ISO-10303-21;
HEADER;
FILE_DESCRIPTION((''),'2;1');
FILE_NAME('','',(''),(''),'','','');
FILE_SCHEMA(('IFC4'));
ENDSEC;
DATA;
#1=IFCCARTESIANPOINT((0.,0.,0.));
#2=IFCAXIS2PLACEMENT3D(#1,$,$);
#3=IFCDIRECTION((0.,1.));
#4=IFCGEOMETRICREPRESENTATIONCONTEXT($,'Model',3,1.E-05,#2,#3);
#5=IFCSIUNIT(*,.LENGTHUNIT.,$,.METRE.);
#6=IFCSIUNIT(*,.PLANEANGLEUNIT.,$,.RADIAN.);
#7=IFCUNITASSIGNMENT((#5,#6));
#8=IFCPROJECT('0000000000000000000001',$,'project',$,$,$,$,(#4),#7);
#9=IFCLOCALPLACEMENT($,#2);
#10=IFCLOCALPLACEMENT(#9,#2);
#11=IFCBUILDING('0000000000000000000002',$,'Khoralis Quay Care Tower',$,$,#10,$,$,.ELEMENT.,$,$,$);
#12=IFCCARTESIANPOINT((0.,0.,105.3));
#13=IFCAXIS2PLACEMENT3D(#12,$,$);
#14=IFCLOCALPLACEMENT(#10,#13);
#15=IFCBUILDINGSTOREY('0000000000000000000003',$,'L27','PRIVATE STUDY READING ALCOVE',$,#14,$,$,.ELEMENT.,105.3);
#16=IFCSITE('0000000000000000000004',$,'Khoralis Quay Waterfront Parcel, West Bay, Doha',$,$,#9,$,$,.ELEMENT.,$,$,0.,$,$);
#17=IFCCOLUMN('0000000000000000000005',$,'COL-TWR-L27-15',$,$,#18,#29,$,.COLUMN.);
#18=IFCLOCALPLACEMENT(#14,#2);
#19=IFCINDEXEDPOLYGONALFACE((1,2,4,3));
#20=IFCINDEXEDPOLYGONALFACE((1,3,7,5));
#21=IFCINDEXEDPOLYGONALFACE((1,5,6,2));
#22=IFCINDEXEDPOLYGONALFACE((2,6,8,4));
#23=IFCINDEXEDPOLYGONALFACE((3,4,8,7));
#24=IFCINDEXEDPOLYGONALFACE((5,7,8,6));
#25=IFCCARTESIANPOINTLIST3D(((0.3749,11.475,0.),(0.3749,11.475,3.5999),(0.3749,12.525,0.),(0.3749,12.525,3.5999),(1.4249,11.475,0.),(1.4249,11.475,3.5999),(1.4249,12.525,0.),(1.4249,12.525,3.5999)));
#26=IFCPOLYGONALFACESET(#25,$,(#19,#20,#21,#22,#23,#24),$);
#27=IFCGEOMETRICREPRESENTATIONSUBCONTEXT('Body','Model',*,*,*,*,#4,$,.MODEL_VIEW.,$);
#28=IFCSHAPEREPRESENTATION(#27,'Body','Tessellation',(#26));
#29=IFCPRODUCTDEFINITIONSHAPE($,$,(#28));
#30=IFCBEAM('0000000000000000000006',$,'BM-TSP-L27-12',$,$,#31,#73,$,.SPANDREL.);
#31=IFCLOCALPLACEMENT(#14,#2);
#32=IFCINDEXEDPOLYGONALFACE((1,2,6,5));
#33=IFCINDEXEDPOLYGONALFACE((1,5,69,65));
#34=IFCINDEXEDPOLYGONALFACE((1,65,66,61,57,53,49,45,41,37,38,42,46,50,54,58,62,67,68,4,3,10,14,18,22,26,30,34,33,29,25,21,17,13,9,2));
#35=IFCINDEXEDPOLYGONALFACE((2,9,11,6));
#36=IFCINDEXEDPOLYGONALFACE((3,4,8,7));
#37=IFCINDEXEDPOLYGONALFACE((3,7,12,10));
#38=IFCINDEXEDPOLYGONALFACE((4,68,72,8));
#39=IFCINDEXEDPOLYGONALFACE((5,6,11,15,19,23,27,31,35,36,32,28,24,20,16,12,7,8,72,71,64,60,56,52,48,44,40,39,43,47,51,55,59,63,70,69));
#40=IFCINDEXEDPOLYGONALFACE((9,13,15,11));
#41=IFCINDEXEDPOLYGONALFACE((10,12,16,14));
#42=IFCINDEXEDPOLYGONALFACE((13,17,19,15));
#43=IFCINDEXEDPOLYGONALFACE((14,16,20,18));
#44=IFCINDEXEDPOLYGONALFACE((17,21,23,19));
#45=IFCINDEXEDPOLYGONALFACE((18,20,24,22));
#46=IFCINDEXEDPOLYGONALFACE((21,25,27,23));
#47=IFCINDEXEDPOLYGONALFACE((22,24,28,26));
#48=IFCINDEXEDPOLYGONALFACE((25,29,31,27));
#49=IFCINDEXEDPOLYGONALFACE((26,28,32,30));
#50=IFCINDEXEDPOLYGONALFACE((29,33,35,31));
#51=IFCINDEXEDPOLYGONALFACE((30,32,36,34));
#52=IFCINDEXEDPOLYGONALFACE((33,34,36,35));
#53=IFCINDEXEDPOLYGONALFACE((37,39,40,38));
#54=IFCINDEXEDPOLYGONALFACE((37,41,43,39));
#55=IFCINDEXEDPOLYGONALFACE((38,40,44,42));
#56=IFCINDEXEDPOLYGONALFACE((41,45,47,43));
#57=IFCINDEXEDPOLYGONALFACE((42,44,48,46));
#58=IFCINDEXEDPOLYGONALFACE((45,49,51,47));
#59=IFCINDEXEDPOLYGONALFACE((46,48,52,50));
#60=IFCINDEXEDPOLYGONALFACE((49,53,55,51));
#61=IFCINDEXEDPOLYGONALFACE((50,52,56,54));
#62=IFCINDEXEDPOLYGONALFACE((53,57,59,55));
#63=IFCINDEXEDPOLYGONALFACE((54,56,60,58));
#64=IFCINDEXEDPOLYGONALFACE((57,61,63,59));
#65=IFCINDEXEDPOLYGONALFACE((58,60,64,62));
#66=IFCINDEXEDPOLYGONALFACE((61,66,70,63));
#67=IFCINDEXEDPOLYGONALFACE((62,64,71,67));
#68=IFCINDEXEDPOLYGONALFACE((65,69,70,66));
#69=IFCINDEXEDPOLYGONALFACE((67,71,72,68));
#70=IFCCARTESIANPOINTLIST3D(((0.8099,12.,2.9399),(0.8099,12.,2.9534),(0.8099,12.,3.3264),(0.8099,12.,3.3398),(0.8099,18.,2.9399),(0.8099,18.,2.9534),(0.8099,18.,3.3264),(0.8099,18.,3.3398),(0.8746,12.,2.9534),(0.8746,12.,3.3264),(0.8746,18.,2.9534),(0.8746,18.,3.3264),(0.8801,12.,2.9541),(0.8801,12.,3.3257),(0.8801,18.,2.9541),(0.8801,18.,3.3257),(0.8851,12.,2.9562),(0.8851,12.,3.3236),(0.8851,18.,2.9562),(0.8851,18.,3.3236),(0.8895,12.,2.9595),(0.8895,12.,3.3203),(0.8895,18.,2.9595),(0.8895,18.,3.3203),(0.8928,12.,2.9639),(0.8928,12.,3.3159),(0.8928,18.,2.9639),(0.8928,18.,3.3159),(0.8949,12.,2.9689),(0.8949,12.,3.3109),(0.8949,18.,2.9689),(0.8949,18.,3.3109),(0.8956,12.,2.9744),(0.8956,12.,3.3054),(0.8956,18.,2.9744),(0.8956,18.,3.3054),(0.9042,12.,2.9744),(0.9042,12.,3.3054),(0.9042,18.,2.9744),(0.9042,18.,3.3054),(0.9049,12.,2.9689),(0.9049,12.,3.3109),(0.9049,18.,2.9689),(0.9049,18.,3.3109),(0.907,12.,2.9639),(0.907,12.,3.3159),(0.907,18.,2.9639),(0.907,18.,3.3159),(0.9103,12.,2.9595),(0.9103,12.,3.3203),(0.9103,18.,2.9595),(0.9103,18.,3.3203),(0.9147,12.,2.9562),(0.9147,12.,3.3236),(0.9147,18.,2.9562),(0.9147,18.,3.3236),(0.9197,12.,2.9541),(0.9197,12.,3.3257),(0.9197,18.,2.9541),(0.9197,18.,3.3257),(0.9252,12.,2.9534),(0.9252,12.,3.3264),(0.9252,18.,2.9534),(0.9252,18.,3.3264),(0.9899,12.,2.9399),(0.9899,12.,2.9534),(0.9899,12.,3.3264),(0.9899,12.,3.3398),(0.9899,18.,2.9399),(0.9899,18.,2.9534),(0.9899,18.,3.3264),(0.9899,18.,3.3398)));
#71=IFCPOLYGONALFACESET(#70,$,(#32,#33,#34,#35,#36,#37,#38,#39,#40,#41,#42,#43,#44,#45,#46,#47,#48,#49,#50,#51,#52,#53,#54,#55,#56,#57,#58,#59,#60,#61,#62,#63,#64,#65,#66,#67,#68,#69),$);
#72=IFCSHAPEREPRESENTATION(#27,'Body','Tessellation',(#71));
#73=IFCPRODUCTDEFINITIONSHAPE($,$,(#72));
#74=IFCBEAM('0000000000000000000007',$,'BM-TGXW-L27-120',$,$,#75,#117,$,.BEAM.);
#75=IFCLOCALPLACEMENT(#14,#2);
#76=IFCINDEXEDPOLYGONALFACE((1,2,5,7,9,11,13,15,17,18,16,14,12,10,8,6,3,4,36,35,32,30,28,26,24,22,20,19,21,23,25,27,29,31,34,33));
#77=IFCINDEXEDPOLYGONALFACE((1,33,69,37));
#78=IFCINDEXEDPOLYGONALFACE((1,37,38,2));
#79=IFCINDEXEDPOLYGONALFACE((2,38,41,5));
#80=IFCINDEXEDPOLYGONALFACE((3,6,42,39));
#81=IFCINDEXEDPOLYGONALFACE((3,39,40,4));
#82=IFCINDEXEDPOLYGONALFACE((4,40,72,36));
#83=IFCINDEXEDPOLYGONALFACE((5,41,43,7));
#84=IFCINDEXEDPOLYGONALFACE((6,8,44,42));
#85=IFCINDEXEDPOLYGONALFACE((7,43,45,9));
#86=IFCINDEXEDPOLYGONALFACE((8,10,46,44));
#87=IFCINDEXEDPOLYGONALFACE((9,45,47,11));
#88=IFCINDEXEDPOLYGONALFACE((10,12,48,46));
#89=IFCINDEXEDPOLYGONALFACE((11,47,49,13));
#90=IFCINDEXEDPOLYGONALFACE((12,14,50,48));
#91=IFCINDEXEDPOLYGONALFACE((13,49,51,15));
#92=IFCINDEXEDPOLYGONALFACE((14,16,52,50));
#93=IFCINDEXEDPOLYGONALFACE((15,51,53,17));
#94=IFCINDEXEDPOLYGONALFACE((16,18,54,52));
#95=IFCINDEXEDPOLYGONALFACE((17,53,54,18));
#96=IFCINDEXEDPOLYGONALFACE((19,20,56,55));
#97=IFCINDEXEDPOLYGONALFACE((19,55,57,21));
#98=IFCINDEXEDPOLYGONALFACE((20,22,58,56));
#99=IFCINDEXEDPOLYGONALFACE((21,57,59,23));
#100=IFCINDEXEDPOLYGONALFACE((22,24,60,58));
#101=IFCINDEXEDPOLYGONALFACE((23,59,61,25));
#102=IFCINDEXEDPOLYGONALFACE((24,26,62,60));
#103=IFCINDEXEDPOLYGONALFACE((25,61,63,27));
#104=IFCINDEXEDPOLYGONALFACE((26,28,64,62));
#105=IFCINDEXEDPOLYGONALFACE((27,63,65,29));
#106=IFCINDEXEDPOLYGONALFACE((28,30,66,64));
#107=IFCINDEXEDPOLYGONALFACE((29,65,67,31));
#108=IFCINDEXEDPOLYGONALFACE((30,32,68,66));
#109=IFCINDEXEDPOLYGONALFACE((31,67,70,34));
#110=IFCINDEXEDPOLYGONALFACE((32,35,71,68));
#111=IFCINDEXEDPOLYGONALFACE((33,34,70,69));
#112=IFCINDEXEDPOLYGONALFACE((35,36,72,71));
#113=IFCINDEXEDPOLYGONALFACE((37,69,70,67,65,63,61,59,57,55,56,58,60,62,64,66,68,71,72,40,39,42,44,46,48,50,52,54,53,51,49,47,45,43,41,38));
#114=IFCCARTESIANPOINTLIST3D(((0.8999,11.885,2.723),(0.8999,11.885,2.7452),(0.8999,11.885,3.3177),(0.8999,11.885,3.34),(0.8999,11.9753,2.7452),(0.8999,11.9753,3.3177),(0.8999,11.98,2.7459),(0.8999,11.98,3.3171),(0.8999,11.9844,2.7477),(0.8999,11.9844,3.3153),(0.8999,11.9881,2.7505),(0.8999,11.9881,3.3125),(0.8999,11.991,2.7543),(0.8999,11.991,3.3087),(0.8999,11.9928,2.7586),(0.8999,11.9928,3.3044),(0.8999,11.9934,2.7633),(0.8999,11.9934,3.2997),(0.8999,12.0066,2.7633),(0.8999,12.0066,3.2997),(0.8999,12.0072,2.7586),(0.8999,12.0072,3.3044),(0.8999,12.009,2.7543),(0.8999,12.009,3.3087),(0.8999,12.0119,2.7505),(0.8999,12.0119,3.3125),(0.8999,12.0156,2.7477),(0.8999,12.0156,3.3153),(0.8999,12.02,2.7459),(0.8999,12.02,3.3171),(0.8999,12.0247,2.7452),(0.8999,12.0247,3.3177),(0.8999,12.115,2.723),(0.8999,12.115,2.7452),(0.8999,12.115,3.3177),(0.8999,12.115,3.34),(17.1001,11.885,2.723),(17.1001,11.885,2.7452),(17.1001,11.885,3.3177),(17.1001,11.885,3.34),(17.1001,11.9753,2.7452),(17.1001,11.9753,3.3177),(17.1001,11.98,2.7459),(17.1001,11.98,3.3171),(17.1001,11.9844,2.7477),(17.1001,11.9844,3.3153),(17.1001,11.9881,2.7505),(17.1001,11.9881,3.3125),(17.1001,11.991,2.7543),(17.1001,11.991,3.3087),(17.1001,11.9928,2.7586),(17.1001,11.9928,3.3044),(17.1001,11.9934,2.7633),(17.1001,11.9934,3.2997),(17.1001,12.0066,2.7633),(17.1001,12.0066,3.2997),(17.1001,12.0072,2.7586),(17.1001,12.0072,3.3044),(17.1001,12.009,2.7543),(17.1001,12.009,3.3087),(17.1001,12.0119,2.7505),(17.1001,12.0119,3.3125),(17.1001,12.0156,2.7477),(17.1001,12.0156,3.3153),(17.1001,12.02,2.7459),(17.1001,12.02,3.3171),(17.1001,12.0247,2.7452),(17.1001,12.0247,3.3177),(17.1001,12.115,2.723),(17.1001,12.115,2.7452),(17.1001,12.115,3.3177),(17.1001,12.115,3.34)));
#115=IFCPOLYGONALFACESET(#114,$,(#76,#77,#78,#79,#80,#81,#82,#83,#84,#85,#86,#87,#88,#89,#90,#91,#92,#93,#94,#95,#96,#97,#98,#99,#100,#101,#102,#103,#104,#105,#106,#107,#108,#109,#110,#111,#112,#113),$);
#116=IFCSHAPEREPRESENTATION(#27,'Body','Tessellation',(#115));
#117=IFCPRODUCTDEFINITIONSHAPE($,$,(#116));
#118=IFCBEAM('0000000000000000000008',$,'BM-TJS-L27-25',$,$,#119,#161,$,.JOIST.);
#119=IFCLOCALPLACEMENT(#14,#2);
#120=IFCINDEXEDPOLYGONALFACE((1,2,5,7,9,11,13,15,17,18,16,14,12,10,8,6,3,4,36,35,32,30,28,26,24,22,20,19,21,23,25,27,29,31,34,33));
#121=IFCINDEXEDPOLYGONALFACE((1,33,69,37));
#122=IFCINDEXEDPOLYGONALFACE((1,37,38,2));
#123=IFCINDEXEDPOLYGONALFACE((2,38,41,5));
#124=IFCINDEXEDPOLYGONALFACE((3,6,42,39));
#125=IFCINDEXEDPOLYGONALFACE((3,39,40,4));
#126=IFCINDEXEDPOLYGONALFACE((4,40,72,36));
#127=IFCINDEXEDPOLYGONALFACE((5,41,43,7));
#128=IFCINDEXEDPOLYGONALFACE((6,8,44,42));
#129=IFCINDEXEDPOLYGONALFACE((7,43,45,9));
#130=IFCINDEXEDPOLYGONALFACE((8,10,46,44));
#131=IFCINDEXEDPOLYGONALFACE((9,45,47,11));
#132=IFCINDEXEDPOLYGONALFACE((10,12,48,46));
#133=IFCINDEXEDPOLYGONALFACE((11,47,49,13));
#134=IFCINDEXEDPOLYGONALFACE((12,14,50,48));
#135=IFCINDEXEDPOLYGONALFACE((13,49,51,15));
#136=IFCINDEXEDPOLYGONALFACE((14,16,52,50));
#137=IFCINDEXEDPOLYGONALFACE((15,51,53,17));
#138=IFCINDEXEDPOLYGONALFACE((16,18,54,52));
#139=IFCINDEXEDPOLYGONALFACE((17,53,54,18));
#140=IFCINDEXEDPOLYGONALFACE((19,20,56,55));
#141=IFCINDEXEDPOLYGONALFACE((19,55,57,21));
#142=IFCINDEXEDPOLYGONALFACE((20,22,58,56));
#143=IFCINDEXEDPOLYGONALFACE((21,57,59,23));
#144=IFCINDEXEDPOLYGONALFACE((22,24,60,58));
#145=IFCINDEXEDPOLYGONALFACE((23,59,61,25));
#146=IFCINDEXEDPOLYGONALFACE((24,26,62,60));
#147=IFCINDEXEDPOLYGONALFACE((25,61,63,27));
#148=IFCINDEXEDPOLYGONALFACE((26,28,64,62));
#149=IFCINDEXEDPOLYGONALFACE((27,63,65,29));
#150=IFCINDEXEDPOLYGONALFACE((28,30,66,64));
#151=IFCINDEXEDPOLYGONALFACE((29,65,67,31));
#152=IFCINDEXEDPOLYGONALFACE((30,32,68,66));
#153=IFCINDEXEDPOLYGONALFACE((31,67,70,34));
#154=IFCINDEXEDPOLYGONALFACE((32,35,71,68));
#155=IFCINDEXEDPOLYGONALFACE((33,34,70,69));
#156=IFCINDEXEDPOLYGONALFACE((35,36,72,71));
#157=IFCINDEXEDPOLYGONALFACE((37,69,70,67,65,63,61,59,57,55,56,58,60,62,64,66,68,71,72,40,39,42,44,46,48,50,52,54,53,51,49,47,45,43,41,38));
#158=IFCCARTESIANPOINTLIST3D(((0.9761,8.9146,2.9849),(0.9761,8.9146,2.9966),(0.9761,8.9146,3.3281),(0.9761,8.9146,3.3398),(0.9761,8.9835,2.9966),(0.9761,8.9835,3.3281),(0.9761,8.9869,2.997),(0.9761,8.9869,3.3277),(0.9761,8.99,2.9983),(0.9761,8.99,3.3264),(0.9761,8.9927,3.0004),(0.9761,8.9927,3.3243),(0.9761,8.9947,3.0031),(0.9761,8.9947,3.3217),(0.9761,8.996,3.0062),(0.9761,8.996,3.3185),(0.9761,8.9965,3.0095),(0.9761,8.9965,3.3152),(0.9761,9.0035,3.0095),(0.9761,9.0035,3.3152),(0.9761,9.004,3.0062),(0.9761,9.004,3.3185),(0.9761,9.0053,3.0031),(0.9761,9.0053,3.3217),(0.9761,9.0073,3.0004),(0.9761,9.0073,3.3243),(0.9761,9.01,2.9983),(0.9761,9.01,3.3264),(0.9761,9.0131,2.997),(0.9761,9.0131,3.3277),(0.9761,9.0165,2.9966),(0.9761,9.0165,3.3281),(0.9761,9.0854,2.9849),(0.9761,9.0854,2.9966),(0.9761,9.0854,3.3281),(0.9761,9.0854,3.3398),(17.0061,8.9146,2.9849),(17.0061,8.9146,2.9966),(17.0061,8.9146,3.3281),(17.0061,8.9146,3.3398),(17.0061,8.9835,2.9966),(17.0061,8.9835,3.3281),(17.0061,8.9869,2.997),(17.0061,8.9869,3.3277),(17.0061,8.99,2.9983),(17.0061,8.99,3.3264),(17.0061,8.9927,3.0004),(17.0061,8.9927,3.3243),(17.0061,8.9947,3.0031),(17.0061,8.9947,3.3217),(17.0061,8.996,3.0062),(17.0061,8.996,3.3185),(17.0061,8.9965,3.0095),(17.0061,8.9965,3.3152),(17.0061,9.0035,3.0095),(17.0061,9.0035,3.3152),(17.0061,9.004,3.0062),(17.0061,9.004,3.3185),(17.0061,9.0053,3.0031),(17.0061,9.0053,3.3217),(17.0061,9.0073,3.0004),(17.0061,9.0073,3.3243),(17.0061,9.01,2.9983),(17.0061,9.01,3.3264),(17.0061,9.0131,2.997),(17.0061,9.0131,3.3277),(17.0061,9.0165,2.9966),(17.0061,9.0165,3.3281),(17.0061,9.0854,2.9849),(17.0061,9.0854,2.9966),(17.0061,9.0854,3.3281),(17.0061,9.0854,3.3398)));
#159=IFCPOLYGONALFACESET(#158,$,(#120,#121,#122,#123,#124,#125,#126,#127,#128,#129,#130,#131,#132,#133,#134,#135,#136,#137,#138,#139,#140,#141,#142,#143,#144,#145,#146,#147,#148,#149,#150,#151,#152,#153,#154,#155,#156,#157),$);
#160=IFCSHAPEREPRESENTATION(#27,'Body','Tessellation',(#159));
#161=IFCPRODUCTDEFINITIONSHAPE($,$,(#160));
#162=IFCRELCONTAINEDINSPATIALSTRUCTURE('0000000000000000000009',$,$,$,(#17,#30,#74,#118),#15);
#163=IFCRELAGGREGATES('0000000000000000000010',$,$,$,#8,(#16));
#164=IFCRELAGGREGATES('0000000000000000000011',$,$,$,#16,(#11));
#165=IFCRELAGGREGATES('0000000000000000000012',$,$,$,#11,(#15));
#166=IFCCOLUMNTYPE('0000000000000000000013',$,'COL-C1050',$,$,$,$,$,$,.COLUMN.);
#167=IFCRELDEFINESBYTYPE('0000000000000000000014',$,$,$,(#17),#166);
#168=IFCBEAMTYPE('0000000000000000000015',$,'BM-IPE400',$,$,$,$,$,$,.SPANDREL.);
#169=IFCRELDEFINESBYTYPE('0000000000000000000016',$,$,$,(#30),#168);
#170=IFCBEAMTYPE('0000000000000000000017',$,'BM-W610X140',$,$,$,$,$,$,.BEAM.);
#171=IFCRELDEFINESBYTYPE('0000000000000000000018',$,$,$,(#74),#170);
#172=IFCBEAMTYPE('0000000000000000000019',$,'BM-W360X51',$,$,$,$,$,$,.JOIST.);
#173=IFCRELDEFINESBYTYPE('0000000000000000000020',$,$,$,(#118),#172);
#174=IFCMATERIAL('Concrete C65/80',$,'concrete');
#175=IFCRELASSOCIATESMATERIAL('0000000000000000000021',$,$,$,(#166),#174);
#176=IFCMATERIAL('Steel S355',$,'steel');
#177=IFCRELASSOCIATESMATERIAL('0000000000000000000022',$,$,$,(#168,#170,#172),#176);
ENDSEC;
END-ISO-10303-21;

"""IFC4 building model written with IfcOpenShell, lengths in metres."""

from ifc_helpers import new_model, si_unit, direction, frame, origin, origin_2d, place, context, subcontext, project, spatial, rectangle, i_section, extrude, source, transform, mapped, material, material_profile, profile_set, type_object, element, save


model = new_model("IFC4")

# Units and contexts
model_context = context("Model", 3, precision=1e-05, world=origin(), true_north=direction((0.0, 1.0)))
body_context = subcontext(model_context, "Body", "Model", "MODEL_VIEW")
ifc_project = project(units=[si_unit("LENGTHUNIT", "METRE"), si_unit("PLANEANGLEUNIT", "RADIAN")], contexts=[model_context])

# Site, building, storey
site_placement = place(None, origin())
site = spatial("IfcSite", under=ifc_project, at=site_placement, Name="Khoralis Quay Waterfront Parcel, West Bay, Doha", CompositionType="ELEMENT", RefElevation=0.0)
building_placement = place(site_placement, origin())
building = spatial("IfcBuilding", under=site, at=building_placement, Name="Khoralis Quay Care Tower", CompositionType="ELEMENT")
storey_placement = place(building_placement, frame((0.0, 0.0, 105.3)))
storey = spatial("IfcBuildingStorey", under=building, at=storey_placement, Name="L27", Description="PRIVATE STUDY READING ALCOVE", CompositionType="ELEMENT", Elevation=105.3)

# Column
ifc_material_1 = material(Name="Concrete C65/80", Category="concrete")
ifc_material_profile_1 = material_profile(ifc_material_1, rectangle(XDim=1.05, YDim=1.05, at=origin_2d()), Name="Concrete C65/80")
ifc_profile_set_1 = profile_set([ifc_material_profile_1], Name="Concrete C65/80")
column_type = type_object("IfcColumnType", Name="COL-C1050", PredefinedType="COLUMN", material=ifc_profile_set_1)
shared_shape_1 = source(origin(), body_context, "Body", "SweptSolid", [
    extrude(rectangle(XDim=1.05, YDim=1.05, at=origin_2d()), origin(), (0.0, 0.0, 1.0), 3.5999),
])
column_placement = place(storey_placement, frame((0.8999, 12.0, 0.0), z_axis=(0.0, 0.0, 1.0), x_axis=(1.0, 0.0, 0.0)))
element("IfcColumn", 1, at=column_placement, inside=storey, type_object=column_type, Name="COL-TWR-L27-15", PredefinedType="COLUMN", context=body_context, shape_type="MappedRepresentation", body=[
    mapped(shared_shape_1, transform((0.0, 0.0, 0.0), scale=1.0)),
])

# Beams
ifc_material_2 = material(Name="Steel S355", Category="steel")
ifc_material_profile_2 = material_profile(ifc_material_2, i_section(OverallWidth=0.1799, OverallDepth=0.3999, WebThickness=0.0085, FlangeThickness=0.0134, FilletRadius=0.021, at=origin_2d()), Name="Steel S355")
ifc_profile_set_2 = profile_set([ifc_material_profile_2], Name="Steel S355")
beam_type_1 = type_object("IfcBeamType", Name="BM-IPE400", PredefinedType="SPANDREL", material=ifc_profile_set_2)
shared_shape_2 = source(origin(), body_context, "Body", "SweptSolid", [
    extrude(i_section(OverallWidth=0.1799, OverallDepth=0.3999, WebThickness=0.0085, FlangeThickness=0.0134, FilletRadius=0.021, at=origin_2d()), origin(), (0.0, 0.0, 1.0), 6.0),
])
beam_1_placement = place(storey_placement, frame((0.8999, 12.0, 3.1399), z_axis=(0.0, 1.0, 0.0), x_axis=(-1.0, 0.0, 0.0)))
element("IfcBeam", 2, at=beam_1_placement, inside=storey, type_object=beam_type_1, Name="BM-TSP-L27-12", PredefinedType="SPANDREL", context=body_context, shape_type="MappedRepresentation", body=[
    mapped(shared_shape_2, transform((0.0, 0.0, 0.0), scale=1.0)),
])
ifc_material_profile_3 = material_profile(ifc_material_2, i_section(OverallWidth=0.23, OverallDepth=0.6169, WebThickness=0.0132, FlangeThickness=0.0222, FilletRadius=0.0181, at=origin_2d()), Name="Steel S355")
ifc_profile_set_3 = profile_set([ifc_material_profile_3], Name="Steel S355")
beam_type_2 = type_object("IfcBeamType", Name="BM-W610X140", PredefinedType="BEAM", material=ifc_profile_set_3)
shared_shape_3 = source(origin(), body_context, "Body", "SweptSolid", [
    extrude(i_section(OverallWidth=0.23, OverallDepth=0.6169, WebThickness=0.0132, FlangeThickness=0.0222, FilletRadius=0.0181, at=origin_2d()), origin(), (0.0, 0.0, 1.0), 16.2002),
])
beam_2_placement = place(storey_placement, frame((0.8999, 12.0, 3.0315), z_axis=(1.0, 0.0, 0.0), x_axis=(0.0, 1.0, 0.0)))
element("IfcBeam", 3, at=beam_2_placement, inside=storey, type_object=beam_type_2, Name="BM-TGXW-L27-120", PredefinedType="BEAM", context=body_context, shape_type="MappedRepresentation", body=[
    mapped(shared_shape_3, transform((0.0, 0.0, 0.0), scale=1.0)),
])
ifc_material_profile_4 = material_profile(ifc_material_2, i_section(OverallWidth=0.1709, OverallDepth=0.355, WebThickness=0.0071, FlangeThickness=0.0117, FilletRadius=0.0129, at=origin_2d()), Name="Steel S355")
ifc_profile_set_4 = profile_set([ifc_material_profile_4], Name="Steel S355")
beam_type_3 = type_object("IfcBeamType", Name="BM-W360X51", PredefinedType="JOIST", material=ifc_profile_set_4)
shared_shape_4 = source(origin(), body_context, "Body", "SweptSolid", [
    extrude(i_section(OverallWidth=0.1709, OverallDepth=0.355, WebThickness=0.0071, FlangeThickness=0.0117, FilletRadius=0.0129, at=origin_2d()), origin(), (0.0, 0.0, 1.0), 16.03),
])
beam_3_placement = place(storey_placement, frame((0.9761, 9.0, 3.1624), z_axis=(1.0, 0.0, 0.0), x_axis=(0.0, 1.0, 0.0)))
element("IfcBeam", 4, at=beam_3_placement, inside=storey, type_object=beam_type_3, Name="BM-TJS-L27-25", PredefinedType="JOIST", context=body_context, shape_type="MappedRepresentation", body=[
    mapped(shared_shape_4, transform((0.0, 0.0, 0.0), scale=1.0)),
])

save(model, "model.ifc")
